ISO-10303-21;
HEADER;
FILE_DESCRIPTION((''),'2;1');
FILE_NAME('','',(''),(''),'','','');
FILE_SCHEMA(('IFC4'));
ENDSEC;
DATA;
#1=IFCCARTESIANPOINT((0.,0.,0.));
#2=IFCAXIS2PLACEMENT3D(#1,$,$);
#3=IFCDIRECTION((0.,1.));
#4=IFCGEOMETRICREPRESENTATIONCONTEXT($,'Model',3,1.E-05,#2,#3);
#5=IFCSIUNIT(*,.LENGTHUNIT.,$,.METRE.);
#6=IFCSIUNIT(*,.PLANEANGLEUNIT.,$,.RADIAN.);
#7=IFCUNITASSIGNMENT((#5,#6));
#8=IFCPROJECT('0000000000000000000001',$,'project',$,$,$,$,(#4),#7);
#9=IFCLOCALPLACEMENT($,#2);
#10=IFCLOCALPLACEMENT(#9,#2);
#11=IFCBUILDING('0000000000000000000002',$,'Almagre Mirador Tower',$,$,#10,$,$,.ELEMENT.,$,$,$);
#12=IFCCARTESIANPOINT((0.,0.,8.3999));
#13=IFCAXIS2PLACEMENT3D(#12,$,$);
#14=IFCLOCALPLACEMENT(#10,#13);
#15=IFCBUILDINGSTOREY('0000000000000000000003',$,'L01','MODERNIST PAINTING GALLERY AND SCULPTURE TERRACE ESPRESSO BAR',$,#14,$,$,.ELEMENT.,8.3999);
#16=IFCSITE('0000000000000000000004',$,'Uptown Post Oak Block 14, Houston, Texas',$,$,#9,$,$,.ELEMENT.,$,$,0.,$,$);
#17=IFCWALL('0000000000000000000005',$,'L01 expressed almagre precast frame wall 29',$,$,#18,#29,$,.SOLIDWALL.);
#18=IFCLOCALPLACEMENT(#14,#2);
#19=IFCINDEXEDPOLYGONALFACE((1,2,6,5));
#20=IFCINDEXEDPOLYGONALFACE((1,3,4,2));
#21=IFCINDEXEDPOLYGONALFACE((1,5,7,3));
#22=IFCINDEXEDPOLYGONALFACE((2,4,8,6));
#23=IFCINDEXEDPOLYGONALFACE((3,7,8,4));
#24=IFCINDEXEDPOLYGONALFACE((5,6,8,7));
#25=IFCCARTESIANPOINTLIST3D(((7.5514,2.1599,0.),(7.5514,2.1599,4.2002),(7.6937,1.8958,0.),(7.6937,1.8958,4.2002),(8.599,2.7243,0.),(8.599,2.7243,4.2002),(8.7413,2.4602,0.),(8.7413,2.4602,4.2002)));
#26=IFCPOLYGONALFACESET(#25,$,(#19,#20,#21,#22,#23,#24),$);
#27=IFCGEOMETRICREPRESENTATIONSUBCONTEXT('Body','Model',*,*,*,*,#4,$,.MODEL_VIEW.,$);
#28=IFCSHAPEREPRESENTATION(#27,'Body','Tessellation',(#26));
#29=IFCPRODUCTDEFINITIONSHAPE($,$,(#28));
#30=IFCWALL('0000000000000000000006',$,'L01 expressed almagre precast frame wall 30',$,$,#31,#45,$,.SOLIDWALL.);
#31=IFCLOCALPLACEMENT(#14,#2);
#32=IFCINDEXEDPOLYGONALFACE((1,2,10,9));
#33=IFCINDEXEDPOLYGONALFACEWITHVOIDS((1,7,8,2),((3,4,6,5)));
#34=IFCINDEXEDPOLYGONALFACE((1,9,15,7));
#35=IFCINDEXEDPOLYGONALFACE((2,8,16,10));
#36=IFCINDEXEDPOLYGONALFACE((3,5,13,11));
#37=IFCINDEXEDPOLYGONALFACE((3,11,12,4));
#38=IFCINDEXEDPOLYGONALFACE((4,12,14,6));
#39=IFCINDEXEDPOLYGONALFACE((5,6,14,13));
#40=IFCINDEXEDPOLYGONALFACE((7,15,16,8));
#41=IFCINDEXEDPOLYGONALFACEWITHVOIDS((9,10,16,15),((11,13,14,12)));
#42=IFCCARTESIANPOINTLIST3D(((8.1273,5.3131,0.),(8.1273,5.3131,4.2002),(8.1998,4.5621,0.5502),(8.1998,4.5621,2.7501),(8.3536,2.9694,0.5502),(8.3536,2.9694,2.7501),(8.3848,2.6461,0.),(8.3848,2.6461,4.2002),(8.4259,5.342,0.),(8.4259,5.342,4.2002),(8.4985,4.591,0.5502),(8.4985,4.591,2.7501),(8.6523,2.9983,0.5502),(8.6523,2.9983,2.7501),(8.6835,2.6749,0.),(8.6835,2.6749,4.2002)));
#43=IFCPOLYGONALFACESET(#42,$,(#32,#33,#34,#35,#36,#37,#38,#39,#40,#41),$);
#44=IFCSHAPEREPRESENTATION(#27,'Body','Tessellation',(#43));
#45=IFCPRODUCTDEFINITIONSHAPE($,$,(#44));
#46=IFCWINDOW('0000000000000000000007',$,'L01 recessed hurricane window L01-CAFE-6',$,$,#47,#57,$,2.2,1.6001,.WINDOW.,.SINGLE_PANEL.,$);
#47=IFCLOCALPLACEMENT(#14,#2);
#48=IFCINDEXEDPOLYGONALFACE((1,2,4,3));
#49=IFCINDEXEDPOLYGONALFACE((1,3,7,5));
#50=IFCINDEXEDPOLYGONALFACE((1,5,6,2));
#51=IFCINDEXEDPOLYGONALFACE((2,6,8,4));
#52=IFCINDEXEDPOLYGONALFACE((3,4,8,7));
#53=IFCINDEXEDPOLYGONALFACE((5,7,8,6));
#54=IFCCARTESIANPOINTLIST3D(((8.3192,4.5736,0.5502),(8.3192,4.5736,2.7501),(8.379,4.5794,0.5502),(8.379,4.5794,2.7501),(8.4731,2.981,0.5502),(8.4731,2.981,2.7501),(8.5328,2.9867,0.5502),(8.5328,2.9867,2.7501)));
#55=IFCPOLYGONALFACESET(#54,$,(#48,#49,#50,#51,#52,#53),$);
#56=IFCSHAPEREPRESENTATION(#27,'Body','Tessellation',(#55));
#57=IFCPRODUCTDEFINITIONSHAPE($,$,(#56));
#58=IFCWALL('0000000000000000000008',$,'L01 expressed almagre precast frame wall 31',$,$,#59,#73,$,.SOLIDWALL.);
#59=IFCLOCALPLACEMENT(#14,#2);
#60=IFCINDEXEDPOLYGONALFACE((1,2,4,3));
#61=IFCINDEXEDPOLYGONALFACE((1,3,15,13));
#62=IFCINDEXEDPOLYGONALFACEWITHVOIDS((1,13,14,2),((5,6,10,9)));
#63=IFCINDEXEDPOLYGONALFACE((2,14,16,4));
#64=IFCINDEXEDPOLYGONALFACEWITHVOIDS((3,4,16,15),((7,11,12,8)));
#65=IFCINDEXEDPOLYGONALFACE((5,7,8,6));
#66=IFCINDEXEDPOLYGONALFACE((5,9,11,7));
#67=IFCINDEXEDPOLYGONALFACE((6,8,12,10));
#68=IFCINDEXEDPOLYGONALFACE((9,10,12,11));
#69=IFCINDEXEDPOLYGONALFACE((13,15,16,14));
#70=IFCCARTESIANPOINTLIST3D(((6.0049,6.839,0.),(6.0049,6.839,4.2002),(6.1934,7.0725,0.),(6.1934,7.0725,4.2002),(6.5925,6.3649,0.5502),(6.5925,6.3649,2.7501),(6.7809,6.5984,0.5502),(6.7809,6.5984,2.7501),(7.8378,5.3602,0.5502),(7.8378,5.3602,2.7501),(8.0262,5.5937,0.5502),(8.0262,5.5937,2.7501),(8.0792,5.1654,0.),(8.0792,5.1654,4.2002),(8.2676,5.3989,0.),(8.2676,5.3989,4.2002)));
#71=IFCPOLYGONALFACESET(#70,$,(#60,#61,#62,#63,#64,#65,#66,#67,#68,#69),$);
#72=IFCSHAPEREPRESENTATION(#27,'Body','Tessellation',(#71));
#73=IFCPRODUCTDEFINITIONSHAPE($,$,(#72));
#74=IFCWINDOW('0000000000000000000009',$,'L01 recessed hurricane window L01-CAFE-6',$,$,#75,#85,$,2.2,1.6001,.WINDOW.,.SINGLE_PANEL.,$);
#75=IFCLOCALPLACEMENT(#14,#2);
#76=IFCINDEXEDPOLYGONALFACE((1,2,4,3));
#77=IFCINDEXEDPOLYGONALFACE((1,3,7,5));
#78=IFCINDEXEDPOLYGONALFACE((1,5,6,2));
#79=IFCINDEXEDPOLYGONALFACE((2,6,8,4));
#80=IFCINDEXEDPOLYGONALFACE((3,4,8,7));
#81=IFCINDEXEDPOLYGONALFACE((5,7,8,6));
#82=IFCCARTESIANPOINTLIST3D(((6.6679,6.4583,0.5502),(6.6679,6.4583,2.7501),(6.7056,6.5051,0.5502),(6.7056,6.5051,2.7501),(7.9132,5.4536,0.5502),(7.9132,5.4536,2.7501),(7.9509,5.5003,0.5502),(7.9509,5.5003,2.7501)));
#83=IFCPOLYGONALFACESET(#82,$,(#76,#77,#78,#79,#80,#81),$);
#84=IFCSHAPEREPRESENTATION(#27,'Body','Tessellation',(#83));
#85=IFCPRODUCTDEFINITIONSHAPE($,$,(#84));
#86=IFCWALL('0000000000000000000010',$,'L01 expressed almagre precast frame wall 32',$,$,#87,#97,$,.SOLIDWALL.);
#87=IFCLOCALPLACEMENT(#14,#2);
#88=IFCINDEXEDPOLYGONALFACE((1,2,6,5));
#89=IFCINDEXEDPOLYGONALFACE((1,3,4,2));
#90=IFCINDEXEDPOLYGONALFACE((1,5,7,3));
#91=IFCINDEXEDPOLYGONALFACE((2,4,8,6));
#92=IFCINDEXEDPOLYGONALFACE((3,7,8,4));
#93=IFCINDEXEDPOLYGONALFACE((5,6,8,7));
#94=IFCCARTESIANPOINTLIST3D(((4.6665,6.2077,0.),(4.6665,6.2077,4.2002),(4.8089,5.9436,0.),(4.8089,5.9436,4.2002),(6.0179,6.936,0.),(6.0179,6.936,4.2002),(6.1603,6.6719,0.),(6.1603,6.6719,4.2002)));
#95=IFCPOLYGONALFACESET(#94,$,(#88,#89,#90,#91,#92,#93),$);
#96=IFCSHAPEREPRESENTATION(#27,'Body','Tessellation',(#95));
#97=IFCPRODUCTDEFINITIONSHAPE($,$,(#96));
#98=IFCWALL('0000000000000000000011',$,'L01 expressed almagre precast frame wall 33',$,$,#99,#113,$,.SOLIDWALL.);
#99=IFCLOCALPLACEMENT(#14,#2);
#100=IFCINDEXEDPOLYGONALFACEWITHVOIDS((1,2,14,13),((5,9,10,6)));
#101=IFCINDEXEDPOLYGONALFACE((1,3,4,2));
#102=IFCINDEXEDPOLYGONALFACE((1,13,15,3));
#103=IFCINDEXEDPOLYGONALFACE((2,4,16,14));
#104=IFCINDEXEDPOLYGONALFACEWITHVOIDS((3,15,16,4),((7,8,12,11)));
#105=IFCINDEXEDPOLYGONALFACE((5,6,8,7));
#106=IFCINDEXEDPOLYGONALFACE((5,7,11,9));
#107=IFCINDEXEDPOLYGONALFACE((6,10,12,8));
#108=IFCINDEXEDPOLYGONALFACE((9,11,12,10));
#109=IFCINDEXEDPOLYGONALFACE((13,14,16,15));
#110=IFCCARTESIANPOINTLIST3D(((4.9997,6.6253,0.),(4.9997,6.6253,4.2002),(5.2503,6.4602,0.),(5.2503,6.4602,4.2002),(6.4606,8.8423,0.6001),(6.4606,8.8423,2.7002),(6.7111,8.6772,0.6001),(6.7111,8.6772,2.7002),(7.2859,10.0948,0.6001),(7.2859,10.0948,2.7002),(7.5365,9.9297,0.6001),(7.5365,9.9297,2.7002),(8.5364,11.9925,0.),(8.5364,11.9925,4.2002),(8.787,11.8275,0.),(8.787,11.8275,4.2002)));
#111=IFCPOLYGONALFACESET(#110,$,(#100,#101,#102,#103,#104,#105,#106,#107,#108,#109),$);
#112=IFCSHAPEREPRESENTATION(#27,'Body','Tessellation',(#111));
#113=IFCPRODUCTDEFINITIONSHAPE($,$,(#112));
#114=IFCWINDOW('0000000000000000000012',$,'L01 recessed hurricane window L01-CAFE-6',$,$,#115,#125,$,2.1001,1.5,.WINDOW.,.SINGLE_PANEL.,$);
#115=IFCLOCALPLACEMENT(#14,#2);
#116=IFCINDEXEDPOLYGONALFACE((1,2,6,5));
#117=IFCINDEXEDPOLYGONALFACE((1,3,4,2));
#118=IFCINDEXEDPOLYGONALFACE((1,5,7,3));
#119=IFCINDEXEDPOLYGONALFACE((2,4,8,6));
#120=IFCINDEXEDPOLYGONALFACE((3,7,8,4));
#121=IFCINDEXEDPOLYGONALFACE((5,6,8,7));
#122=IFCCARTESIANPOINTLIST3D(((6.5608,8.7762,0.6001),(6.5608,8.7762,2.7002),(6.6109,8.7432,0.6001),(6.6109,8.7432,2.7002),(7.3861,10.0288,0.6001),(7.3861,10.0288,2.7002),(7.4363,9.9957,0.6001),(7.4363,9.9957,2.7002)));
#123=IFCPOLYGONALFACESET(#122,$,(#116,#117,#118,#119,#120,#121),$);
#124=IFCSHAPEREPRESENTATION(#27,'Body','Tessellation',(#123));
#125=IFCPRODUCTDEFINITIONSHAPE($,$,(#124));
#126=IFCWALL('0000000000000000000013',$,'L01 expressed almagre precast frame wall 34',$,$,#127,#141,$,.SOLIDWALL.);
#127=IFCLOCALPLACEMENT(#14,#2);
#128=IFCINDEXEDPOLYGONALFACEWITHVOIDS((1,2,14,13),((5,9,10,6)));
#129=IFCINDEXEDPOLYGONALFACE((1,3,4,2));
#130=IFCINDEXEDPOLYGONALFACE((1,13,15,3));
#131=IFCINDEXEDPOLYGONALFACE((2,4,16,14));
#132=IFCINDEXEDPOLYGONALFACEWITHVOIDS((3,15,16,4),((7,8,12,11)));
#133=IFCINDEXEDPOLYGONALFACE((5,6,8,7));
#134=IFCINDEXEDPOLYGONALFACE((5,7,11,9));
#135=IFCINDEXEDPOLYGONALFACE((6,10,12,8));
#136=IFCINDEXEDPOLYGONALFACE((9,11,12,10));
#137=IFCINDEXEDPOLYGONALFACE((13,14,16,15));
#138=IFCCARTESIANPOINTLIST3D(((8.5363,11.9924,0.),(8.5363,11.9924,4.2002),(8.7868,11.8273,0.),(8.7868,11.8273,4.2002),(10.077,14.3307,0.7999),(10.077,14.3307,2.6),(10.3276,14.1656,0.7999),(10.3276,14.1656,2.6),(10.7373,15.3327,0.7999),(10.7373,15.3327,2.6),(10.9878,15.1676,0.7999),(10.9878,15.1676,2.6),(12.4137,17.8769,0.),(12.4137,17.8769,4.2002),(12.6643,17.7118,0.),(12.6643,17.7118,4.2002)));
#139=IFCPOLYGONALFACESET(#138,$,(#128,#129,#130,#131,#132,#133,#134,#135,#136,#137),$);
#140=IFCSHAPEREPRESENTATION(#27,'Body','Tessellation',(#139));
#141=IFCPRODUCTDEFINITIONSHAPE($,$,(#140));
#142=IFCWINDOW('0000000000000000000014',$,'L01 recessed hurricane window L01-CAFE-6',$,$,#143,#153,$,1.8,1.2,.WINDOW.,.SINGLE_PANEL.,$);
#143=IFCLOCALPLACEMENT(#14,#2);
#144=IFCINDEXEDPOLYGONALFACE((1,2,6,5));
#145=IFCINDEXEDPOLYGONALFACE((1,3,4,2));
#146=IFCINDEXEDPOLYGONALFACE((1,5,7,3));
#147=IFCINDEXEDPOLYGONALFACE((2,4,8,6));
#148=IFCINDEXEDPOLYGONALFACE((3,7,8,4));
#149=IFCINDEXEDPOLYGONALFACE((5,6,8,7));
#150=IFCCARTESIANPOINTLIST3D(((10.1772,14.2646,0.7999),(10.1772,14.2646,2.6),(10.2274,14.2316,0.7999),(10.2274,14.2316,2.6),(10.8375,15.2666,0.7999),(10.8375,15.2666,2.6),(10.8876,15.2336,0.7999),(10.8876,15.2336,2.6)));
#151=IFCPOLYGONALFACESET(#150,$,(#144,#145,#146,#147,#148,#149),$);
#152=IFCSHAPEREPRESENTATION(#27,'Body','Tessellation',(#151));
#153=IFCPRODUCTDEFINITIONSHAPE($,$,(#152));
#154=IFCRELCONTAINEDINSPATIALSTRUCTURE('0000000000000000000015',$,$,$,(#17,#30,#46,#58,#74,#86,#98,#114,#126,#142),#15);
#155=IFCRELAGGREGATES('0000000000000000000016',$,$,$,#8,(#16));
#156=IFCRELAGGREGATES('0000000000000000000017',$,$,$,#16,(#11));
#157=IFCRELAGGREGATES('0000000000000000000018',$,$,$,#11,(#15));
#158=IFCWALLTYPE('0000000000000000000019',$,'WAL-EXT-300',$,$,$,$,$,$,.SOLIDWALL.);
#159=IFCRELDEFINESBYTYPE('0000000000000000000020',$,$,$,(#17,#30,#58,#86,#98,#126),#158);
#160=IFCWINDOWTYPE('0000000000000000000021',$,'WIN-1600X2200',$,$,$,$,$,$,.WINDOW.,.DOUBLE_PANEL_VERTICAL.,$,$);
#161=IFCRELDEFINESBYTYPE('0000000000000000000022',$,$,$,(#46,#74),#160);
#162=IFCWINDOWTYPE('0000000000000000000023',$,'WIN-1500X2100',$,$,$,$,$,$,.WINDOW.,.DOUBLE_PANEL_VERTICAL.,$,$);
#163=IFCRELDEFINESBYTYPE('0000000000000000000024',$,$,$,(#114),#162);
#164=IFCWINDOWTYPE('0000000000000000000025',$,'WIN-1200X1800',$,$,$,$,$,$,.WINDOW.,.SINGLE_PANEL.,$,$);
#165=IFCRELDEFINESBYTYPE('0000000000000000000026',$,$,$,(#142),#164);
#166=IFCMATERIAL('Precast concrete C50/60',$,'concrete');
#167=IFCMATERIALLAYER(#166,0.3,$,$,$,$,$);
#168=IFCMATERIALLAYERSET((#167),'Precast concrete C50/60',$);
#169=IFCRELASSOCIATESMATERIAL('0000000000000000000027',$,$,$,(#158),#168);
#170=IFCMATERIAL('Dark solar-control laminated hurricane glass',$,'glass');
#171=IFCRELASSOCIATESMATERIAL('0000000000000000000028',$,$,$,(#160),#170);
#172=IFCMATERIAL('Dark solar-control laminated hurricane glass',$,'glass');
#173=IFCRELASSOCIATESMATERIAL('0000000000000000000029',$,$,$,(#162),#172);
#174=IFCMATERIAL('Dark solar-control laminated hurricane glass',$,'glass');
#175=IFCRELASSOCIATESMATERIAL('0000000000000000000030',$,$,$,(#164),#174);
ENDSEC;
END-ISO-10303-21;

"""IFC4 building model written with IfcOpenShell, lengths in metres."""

from ifc_helpers import new_model, si_unit, direction, frame, frame_2d, origin, place, context, subcontext, project, spatial, rectangle, extrude, material, layer, layer_set, type_object, element, fill, save


model = new_model("IFC4")

# Units and contexts
model_context = context("Model", 3, precision=1e-05, world=origin(), true_north=direction((0.0, 1.0)))
body_context = subcontext(model_context, "Body", "Model", "MODEL_VIEW")
ifc_project = project(units=[si_unit("LENGTHUNIT", "METRE"), si_unit("PLANEANGLEUNIT", "RADIAN")], contexts=[model_context])

# Site, building, storey
site_placement = place(None, origin())
site = spatial("IfcSite", under=ifc_project, at=site_placement, Name="Uptown Post Oak Block 14, Houston, Texas", CompositionType="ELEMENT", RefElevation=0.0)
building_placement = place(site_placement, origin())
building = spatial("IfcBuilding", under=site, at=building_placement, Name="Almagre Mirador Tower", CompositionType="ELEMENT")
storey_placement = place(building_placement, frame((0.0, 0.0, 8.3999)))
storey = spatial("IfcBuildingStorey", under=building, at=storey_placement, Name="L01", Description="MODERNIST PAINTING GALLERY AND SCULPTURE TERRACE ESPRESSO BAR", CompositionType="ELEMENT", Elevation=8.3999)

# Wall
ifc_material_1 = material(Name="Precast concrete C50/60", Category="concrete")
ifc_layer_1 = layer(ifc_material_1, 0.3)
ifc_layer_set_1 = layer_set([ifc_layer_1], Name="Precast concrete C50/60")
wall_type = type_object("IfcWallType", Name="WAL-EXT-300", PredefinedType="SOLIDWALL", material=ifc_layer_set_1)
wall_1_placement = place(storey_placement, frame((7.6226, 2.0278, 0.0), z_axis=(0.0, 0.0, 1.0), x_axis=(0.880346, 0.474332, 0.0)))
element("IfcWall", 1, at=wall_1_placement, inside=storey, type_object=wall_type, Name="L01 expressed almagre precast frame wall 29", PredefinedType="SOLIDWALL", context=body_context, shape_type="SweptSolid", body=[
    extrude(rectangle(XDim=1.1899, YDim=0.3, at=frame_2d((0.595, 0.0))), origin(), (0.0, 0.0, 1.0), 4.2002),
])

# Walls, openings, windows
wall_2_placement = place(storey_placement, frame((8.5342, 2.6604, 0.0), z_axis=(0.0, 0.0, 1.0), x_axis=(-0.096129, 0.995369, 0.0)))
wall_2 = element("IfcWall", 2, at=wall_2_placement, inside=storey, type_object=wall_type, Name="L01 expressed almagre precast frame wall 30", PredefinedType="SOLIDWALL", context=body_context, shape_type="SweptSolid", body=[
    extrude(rectangle(XDim=2.6794, YDim=0.3, at=frame_2d((1.3398, 0.0))), origin(), (0.0, 0.0, 1.0), 4.2002),
])
opening_1_placement = place(wall_2_placement, frame((0.325, 0.0, 0.55)))
opening_1 = element("IfcOpeningElement", 3, at=opening_1_placement, cuts=wall_2, PredefinedType="OPENING", context=body_context, shape_type="SweptSolid", body=[
    extrude(rectangle(XDim=1.6001, YDim=2.2, at=frame_2d((0.8, 1.1001))), frame((0.0, 0.1599, 0.0), z_axis=(0.0, -1.0, 0.0), x_axis=(1.0, 0.0, 0.0)), (0.0, 0.0, 1.0), 0.32),
])
ifc_material_2 = material(Name="Dark solar-control laminated hurricane glass", Category="glass")
window_type_1 = type_object("IfcWindowType", Name="WIN-1600X2200", PartitioningType="DOUBLE_PANEL_VERTICAL", PredefinedType="WINDOW", material=ifc_material_2)
window_1_placement = place(opening_1_placement, origin())
window_1 = element("IfcWindow", 4, at=window_1_placement, inside=storey, type_object=window_type_1, Name="L01 recessed hurricane window L01-CAFE-6", OverallHeight=2.2, OverallWidth=1.6001, PartitioningType="SINGLE_PANEL", PredefinedType="WINDOW", context=body_context, shape_type="SweptSolid", body=[
    extrude(rectangle(XDim=1.6001, YDim=2.2, at=frame_2d((0.8, 1.1001))), frame((0.0, 0.03, 0.0), z_axis=(0.0, -1.0, 0.0), x_axis=(1.0, 0.0, 0.0)), (0.0, 0.0, 1.0), 0.0601),
])
fill(opening_1, window_1)
wall_3_placement = place(storey_placement, frame((8.1733, 5.2822, 0.0), z_axis=(0.0, 0.0, 1.0), x_axis=(-0.778261, 0.62794, 0.0)))
wall_3 = element("IfcWall", 5, at=wall_3_placement, inside=storey, type_object=wall_type, Name="L01 expressed almagre precast frame wall 31", PredefinedType="SOLIDWALL", context=body_context, shape_type="SweptSolid", body=[
    extrude(rectangle(XDim=2.6653, YDim=0.3, at=frame_2d((1.3325, 0.0))), origin(), (0.0, 0.0, 1.0), 4.2002),
])
opening_2_placement = place(wall_3_placement, frame((0.3101, 0.0, 0.55)))
opening_2 = element("IfcOpeningElement", 6, at=opening_2_placement, cuts=wall_3, PredefinedType="OPENING", context=body_context, shape_type="SweptSolid", body=[
    extrude(rectangle(XDim=1.6001, YDim=2.2, at=frame_2d((0.8, 1.1001))), frame((0.0, 0.1599, 0.0), z_axis=(0.0, -1.0, 0.0), x_axis=(1.0, 0.0, 0.0)), (0.0, 0.0, 1.0), 0.32),
])
window_2_placement = place(opening_2_placement, origin())
window_2 = element("IfcWindow", 7, at=window_2_placement, inside=storey, type_object=window_type_1, Name="L01 recessed hurricane window L01-CAFE-6", OverallHeight=2.2, OverallWidth=1.6001, PartitioningType="SINGLE_PANEL", PredefinedType="WINDOW", context=body_context, shape_type="SweptSolid", body=[
    extrude(rectangle(XDim=1.6001, YDim=2.2, at=frame_2d((0.8, 1.1001))), frame((0.0, 0.03, 0.0), z_axis=(0.0, -1.0, 0.0), x_axis=(1.0, 0.0, 0.0)), (0.0, 0.0, 1.0), 0.0601),
])
fill(opening_2, window_2)

# Wall
wall_4_placement = place(storey_placement, frame((6.0891, 6.804, 0.0), z_axis=(0.0, 0.0, 1.0), x_axis=(-0.880297, -0.474422, 0.0)))
element("IfcWall", 8, at=wall_4_placement, inside=storey, type_object=wall_type, Name="L01 expressed almagre precast frame wall 32", PredefinedType="SOLIDWALL", context=body_context, shape_type="SweptSolid", body=[
    extrude(rectangle(XDim=1.5352, YDim=0.3, at=frame_2d((0.7676, 0.0))), origin(), (0.0, 0.0, 1.0), 4.2002),
])

# Walls, openings, windows
wall_5_placement = place(storey_placement, frame((5.125, 6.5427, 0.0), z_axis=(0.0, 0.0, 1.0), x_axis=(0.550222, 0.835018, 0.0)))
wall_5 = element("IfcWall", 9, at=wall_5_placement, inside=storey, type_object=wall_type, Name="L01 expressed almagre precast frame wall 33", PredefinedType="SOLIDWALL", context=body_context, shape_type="SweptSolid", body=[
    extrude(rectangle(XDim=6.4277, YDim=0.3, at=frame_2d((3.2139, 0.0))), origin(), (0.0, 0.0, 1.0), 4.2002),
])
opening_3_placement = place(wall_5_placement, frame((2.655, 0.0, 0.6001)))
opening_3 = element("IfcOpeningElement", 10, at=opening_3_placement, cuts=wall_5, PredefinedType="OPENING", context=body_context, shape_type="SweptSolid", body=[
    extrude(rectangle(XDim=1.5, YDim=2.1001, at=frame_2d((0.75, 1.05))), frame((0.0, 0.1599, 0.0), z_axis=(0.0, -1.0, 0.0), x_axis=(1.0, 0.0, 0.0)), (0.0, 0.0, 1.0), 0.32),
])
ifc_material_3 = material(Name="Dark solar-control laminated hurricane glass", Category="glass")
window_type_2 = type_object("IfcWindowType", Name="WIN-1500X2100", PartitioningType="DOUBLE_PANEL_VERTICAL", PredefinedType="WINDOW", material=ifc_material_3)
window_3_placement = place(opening_3_placement, origin())
window_3 = element("IfcWindow", 11, at=window_3_placement, inside=storey, type_object=window_type_2, Name="L01 recessed hurricane window L01-CAFE-6", OverallHeight=2.1001, OverallWidth=1.5, PartitioningType="SINGLE_PANEL", PredefinedType="WINDOW", context=body_context, shape_type="SweptSolid", body=[
    extrude(rectangle(XDim=1.5, YDim=2.1001, at=frame_2d((0.75, 1.05))), frame((0.0, 0.03, 0.0), z_axis=(0.0, -1.0, 0.0), x_axis=(1.0, 0.0, 0.0)), (0.0, 0.0, 1.0), 0.0601),
])
fill(opening_3, window_3)
wall_6_placement = place(storey_placement, frame((8.6616, 11.9099, 0.0), z_axis=(0.0, 0.0, 1.0), x_axis=(0.550215, 0.835023, 0.0)))
wall_6 = element("IfcWall", 12, at=wall_6_placement, inside=storey, type_object=wall_type, Name="L01 expressed almagre precast frame wall 34", PredefinedType="SOLIDWALL", context=body_context, shape_type="SweptSolid", body=[
    extrude(rectangle(XDim=7.0471, YDim=0.3, at=frame_2d((3.5234, 0.0))), origin(), (0.0, 0.0, 1.0), 4.2002),
])
opening_4_placement = place(wall_6_placement, frame((2.8, 0.0, 0.8)))
opening_4 = element("IfcOpeningElement", 13, at=opening_4_placement, cuts=wall_6, PredefinedType="OPENING", context=body_context, shape_type="SweptSolid", body=[
    extrude(rectangle(XDim=1.2, YDim=1.8, at=frame_2d((0.6001, 0.8999))), frame((0.0, 0.1599, 0.0), z_axis=(0.0, -1.0, 0.0), x_axis=(1.0, 0.0, 0.0)), (0.0, 0.0, 1.0), 0.32),
])
ifc_material_4 = material(Name="Dark solar-control laminated hurricane glass", Category="glass")
window_type_3 = type_object("IfcWindowType", Name="WIN-1200X1800", PartitioningType="SINGLE_PANEL", PredefinedType="WINDOW", material=ifc_material_4)
window_4_placement = place(opening_4_placement, origin())
window_4 = element("IfcWindow", 14, at=window_4_placement, inside=storey, type_object=window_type_3, Name="L01 recessed hurricane window L01-CAFE-6", OverallHeight=1.8, OverallWidth=1.2, PartitioningType="SINGLE_PANEL", PredefinedType="WINDOW", context=body_context, shape_type="SweptSolid", body=[
    extrude(rectangle(XDim=1.2, YDim=1.8, at=frame_2d((0.6001, 0.8999))), frame((0.0, 0.03, 0.0), z_axis=(0.0, -1.0, 0.0), x_axis=(1.0, 0.0, 0.0)), (0.0, 0.0, 1.0), 0.0601),
])
fill(opening_4, window_4)

save(model, "model.ifc")
